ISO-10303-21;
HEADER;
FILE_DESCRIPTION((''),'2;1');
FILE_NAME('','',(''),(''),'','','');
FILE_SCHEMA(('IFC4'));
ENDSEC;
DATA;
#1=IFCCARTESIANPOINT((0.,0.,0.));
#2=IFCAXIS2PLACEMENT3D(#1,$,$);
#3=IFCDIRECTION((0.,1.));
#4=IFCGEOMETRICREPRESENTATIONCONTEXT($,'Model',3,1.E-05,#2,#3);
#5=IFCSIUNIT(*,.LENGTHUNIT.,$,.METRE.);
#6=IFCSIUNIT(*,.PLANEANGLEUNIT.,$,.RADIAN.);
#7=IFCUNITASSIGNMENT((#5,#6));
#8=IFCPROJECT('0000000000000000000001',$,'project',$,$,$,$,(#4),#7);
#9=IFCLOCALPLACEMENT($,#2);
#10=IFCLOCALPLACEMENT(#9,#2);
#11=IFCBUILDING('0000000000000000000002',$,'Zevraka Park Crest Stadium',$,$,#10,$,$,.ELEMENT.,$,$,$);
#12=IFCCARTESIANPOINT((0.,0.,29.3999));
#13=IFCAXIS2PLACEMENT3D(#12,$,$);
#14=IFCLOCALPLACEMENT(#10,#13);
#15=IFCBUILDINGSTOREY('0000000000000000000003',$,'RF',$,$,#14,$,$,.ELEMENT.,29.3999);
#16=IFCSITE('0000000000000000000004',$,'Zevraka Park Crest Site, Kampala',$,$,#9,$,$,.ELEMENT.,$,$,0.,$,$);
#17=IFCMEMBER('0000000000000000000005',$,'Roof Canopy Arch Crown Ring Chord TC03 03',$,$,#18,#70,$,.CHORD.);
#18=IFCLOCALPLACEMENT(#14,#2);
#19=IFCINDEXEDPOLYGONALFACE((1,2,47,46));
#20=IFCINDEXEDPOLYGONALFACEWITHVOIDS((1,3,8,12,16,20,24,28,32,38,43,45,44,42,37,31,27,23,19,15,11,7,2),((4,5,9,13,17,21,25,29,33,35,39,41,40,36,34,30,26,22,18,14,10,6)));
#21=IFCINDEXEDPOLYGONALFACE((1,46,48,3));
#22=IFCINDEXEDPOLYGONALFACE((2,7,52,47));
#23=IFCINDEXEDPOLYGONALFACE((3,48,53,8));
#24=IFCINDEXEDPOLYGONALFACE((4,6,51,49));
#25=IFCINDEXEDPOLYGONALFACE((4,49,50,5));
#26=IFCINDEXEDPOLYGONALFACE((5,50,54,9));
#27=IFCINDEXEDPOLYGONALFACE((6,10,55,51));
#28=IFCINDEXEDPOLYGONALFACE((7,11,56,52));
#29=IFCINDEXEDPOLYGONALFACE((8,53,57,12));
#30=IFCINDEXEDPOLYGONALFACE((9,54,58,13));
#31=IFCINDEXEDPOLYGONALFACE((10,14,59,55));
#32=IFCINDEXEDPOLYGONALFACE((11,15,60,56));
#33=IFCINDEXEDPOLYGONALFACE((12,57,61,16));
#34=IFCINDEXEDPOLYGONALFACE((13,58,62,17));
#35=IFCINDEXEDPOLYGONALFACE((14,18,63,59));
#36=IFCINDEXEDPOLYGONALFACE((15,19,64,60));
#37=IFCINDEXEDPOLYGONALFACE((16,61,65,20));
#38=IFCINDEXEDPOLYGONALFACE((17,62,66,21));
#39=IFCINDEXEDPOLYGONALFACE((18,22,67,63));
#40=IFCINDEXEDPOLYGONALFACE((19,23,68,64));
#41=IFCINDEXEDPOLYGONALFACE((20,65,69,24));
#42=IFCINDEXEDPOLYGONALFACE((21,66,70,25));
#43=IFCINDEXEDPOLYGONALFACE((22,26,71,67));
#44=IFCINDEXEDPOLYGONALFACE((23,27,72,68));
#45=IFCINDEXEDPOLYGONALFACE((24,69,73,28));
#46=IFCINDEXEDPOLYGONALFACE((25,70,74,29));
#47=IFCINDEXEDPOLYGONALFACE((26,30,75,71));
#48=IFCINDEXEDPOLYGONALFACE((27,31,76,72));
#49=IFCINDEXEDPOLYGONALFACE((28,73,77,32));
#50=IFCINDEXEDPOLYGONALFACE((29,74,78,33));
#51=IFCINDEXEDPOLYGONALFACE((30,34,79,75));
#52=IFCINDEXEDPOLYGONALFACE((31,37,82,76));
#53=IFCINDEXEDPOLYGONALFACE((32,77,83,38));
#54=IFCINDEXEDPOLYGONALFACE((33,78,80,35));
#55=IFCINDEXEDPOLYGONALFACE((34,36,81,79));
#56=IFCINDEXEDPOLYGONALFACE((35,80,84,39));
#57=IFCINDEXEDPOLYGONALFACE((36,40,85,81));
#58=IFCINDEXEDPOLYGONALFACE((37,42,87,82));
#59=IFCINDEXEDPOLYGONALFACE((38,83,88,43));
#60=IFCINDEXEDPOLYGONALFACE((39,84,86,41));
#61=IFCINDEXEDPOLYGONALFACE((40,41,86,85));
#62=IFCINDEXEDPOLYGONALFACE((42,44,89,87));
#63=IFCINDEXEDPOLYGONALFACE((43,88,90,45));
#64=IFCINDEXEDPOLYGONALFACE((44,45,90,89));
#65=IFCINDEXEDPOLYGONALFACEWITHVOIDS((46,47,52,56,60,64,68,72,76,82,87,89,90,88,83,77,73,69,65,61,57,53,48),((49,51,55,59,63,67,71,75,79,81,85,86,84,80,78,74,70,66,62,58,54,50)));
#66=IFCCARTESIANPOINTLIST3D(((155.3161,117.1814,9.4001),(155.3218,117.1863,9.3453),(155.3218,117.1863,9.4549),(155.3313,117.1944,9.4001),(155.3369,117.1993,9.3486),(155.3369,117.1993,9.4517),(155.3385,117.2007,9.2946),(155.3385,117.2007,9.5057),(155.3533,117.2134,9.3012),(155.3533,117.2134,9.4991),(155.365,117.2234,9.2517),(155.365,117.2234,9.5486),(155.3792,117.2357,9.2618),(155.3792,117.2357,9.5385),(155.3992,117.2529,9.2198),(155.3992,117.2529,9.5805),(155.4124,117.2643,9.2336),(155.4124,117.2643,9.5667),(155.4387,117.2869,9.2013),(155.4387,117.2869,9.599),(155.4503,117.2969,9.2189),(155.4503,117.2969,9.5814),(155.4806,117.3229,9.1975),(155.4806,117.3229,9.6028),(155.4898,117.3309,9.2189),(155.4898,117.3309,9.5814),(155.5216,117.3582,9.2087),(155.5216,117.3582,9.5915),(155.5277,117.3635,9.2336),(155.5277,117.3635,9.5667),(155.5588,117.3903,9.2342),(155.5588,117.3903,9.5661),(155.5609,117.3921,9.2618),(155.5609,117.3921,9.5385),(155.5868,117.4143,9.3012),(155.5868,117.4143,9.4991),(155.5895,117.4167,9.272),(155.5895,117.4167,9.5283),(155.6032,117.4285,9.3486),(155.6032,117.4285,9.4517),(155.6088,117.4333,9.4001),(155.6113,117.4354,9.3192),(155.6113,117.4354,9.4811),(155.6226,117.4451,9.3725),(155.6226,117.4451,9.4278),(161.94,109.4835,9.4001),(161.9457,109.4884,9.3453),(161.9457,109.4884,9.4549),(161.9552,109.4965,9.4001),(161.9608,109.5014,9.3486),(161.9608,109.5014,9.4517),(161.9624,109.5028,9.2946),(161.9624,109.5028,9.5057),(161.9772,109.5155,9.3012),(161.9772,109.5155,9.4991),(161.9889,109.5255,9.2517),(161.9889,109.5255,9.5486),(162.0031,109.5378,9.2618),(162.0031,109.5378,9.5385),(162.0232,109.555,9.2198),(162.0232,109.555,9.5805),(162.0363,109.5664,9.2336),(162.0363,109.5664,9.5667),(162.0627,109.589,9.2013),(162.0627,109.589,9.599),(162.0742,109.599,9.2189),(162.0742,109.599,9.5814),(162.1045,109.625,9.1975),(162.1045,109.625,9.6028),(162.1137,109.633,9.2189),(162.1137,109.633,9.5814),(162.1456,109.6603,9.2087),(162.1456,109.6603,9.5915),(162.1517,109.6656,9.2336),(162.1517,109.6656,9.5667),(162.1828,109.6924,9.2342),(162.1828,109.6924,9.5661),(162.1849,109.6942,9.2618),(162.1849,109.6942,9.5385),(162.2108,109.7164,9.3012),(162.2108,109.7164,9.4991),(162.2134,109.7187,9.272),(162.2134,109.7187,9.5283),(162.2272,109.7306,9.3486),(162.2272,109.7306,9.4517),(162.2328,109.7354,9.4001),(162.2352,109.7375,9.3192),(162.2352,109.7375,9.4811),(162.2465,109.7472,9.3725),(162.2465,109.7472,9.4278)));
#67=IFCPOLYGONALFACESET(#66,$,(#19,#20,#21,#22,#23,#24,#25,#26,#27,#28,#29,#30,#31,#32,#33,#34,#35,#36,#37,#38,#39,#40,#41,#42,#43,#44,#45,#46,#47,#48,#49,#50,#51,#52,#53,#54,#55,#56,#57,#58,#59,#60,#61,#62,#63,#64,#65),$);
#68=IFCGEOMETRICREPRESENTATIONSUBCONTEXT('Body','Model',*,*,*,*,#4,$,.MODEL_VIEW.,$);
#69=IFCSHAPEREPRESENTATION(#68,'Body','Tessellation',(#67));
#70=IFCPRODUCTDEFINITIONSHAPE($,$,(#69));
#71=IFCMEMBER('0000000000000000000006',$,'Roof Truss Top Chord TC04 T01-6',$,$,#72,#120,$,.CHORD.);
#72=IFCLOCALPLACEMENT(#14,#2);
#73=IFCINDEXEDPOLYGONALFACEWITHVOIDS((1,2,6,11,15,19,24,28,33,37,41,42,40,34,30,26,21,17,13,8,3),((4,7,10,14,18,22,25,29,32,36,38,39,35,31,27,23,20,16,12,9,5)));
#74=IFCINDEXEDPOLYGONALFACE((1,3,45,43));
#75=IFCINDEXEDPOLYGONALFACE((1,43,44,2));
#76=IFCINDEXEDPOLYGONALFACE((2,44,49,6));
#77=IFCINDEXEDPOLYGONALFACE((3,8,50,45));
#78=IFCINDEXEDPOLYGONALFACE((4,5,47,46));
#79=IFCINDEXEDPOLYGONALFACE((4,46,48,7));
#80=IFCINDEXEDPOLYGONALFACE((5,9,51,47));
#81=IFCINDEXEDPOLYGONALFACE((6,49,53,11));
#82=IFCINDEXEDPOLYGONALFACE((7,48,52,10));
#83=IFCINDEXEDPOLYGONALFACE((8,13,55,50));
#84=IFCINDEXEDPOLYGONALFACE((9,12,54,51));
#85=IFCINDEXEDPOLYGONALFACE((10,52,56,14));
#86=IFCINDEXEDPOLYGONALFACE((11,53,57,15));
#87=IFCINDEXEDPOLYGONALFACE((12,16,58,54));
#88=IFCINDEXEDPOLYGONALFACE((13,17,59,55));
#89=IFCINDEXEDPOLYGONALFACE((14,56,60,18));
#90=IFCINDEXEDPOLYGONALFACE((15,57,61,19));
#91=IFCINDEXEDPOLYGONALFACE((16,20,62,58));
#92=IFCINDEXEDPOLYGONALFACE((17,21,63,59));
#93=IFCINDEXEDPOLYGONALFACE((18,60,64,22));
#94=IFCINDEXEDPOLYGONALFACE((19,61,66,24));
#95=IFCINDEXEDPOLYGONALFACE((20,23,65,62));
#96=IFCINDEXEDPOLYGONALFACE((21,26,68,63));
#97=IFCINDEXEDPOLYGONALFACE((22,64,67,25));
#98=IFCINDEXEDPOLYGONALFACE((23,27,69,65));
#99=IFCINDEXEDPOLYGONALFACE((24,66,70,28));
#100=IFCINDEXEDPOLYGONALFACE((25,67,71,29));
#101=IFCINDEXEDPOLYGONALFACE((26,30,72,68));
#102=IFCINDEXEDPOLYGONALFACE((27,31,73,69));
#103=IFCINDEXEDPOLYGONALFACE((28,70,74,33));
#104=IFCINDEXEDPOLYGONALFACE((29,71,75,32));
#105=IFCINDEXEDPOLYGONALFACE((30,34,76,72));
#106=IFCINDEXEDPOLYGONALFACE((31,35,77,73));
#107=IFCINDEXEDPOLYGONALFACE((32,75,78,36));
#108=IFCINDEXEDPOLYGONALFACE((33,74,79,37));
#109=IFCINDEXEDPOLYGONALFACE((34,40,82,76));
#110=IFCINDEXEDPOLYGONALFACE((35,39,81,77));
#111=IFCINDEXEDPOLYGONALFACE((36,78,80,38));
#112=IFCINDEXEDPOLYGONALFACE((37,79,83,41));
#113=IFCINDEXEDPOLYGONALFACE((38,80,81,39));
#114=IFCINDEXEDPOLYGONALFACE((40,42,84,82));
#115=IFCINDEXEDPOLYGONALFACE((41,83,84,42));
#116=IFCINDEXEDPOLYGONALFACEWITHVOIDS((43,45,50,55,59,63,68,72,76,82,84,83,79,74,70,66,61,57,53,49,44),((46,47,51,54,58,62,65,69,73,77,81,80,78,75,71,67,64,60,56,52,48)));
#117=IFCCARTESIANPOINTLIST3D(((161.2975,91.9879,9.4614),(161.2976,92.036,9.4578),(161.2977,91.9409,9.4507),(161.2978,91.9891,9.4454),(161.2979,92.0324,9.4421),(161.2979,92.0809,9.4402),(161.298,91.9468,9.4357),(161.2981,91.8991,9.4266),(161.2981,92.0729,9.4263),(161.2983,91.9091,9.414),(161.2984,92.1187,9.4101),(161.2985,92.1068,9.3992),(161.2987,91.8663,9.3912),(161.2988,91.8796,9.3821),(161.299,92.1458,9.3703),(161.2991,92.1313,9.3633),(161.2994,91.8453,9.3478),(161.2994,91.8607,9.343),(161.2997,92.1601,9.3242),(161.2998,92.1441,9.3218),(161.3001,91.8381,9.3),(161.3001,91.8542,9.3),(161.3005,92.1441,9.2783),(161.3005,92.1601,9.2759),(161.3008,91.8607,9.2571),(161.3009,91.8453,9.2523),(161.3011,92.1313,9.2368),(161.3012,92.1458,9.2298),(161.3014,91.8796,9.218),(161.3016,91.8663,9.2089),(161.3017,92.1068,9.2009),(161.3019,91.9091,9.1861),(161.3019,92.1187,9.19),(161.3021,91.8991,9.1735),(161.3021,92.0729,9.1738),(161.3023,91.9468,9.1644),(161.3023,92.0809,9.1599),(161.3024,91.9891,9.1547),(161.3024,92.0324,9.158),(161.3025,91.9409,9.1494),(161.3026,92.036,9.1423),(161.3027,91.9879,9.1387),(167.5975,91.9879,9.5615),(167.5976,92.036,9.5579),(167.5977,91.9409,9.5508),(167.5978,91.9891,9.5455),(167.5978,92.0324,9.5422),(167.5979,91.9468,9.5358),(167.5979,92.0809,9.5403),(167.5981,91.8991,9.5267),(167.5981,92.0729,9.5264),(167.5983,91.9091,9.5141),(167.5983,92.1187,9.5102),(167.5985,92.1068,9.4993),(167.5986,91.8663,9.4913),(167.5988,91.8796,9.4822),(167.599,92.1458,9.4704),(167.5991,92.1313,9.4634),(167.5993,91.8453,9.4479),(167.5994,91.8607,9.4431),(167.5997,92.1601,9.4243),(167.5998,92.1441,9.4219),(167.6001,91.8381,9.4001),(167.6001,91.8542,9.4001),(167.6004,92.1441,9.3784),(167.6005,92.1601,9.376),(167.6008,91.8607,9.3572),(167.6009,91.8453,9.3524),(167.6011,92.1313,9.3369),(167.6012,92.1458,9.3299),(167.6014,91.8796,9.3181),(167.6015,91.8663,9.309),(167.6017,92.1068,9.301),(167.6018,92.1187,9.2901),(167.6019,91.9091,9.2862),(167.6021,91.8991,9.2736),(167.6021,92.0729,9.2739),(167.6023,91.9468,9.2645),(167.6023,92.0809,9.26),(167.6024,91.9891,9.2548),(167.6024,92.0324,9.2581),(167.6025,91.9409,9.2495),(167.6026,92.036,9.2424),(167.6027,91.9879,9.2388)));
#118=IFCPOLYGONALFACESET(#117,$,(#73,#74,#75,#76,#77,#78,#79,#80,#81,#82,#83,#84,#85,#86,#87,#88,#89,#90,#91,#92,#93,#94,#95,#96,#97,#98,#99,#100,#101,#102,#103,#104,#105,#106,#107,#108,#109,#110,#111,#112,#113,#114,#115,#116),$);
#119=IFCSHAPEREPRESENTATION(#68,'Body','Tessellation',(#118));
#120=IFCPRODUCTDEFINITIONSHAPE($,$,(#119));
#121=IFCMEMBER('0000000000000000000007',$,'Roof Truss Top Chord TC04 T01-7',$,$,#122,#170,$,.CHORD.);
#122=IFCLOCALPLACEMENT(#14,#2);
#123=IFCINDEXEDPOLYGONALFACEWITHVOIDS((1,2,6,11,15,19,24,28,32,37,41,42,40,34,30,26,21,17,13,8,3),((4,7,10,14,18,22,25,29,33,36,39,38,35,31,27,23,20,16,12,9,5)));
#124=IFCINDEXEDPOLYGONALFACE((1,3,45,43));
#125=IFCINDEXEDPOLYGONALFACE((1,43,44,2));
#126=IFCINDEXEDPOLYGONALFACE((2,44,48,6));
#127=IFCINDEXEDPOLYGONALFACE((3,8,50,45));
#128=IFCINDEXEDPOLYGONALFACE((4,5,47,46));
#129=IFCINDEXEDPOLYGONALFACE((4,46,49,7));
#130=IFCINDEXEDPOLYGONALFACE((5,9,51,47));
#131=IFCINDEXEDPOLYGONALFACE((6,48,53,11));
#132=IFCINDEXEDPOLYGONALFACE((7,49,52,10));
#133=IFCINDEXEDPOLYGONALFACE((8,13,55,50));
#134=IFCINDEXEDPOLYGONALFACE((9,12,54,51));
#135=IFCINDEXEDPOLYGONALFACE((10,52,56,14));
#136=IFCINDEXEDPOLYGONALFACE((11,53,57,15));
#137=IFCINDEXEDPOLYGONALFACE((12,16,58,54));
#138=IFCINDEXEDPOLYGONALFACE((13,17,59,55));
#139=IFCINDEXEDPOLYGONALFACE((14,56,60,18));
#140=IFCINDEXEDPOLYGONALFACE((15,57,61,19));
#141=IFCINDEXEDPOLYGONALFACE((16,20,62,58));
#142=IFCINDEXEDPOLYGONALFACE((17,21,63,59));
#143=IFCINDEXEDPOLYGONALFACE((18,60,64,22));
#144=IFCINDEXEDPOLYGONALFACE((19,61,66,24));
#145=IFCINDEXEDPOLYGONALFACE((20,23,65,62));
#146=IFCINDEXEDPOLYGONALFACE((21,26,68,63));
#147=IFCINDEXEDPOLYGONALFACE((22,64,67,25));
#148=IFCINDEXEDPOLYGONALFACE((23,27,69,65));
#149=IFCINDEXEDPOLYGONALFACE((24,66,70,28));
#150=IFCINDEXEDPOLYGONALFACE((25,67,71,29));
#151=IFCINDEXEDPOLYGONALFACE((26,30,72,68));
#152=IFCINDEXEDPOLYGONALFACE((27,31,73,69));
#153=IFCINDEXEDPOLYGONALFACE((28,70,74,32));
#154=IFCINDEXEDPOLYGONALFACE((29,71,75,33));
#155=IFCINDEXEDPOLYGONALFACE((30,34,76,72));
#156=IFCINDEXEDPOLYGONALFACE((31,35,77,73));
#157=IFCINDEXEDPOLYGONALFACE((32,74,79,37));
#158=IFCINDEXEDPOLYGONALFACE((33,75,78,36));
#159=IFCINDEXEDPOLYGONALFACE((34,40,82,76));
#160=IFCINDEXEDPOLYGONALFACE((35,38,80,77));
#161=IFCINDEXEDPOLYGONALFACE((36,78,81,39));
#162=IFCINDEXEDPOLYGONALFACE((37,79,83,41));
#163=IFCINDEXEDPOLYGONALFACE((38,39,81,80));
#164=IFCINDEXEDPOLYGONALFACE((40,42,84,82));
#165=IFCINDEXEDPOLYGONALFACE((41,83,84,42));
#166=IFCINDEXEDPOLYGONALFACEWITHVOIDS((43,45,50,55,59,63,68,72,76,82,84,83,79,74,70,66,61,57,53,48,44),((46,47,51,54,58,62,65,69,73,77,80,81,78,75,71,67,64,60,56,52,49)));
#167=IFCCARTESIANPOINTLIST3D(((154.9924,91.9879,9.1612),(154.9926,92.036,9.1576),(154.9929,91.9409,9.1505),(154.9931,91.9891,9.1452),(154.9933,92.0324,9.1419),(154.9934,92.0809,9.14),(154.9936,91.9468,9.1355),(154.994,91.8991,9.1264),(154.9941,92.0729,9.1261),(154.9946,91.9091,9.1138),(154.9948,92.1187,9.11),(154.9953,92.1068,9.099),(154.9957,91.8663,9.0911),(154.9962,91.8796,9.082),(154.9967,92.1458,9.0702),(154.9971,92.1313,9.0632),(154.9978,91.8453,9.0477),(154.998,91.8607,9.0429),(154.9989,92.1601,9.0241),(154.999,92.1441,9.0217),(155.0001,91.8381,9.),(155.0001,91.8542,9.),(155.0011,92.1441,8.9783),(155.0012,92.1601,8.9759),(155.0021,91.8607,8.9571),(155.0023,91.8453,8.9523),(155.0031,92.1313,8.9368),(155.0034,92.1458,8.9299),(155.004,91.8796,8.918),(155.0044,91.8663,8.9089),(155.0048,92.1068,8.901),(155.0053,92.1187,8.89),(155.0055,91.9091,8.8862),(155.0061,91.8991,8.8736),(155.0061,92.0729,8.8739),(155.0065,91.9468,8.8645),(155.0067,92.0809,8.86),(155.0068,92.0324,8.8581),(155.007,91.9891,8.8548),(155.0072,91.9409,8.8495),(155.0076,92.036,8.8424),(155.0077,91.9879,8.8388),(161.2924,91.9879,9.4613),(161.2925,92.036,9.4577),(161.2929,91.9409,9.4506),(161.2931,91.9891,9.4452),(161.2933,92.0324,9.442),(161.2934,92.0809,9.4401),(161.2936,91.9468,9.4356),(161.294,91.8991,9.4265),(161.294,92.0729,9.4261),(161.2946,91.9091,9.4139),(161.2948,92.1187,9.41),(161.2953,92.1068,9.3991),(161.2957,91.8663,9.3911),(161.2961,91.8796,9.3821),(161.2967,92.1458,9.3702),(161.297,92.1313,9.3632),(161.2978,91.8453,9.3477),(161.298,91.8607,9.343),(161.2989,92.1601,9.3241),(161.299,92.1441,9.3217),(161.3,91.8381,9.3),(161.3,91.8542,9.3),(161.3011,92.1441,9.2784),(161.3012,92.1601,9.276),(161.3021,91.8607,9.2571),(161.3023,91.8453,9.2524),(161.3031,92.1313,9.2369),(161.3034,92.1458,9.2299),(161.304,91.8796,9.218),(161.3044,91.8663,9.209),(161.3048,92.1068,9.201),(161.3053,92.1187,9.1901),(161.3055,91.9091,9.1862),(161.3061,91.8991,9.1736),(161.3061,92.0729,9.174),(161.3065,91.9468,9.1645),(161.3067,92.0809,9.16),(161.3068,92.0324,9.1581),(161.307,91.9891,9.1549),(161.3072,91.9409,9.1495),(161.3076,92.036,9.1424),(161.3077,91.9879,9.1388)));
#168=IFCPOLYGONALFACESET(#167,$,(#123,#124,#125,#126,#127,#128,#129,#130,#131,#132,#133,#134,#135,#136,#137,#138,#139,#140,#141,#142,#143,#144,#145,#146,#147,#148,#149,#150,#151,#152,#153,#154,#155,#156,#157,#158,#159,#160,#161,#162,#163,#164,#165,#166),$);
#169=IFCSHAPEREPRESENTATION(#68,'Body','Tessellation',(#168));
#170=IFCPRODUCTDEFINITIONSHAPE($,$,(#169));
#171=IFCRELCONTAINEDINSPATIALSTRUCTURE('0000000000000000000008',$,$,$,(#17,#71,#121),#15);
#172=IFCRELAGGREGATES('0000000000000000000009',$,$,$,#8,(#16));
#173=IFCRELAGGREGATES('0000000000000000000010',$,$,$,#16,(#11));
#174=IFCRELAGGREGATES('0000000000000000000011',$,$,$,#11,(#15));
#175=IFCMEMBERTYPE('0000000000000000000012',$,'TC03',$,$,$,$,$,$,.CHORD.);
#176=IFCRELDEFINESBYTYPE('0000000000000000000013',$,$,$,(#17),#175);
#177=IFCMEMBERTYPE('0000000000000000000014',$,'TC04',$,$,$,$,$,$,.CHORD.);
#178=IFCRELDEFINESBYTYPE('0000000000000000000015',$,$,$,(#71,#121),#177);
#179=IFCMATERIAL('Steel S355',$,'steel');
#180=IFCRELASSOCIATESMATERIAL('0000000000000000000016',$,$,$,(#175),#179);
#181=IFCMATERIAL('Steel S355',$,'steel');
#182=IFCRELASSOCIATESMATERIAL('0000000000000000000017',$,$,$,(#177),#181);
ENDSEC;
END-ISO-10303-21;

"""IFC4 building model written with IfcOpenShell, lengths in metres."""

from ifc_helpers import new_model, si_unit, direction, frame, origin, origin_2d, place, context, subcontext, project, spatial, hollow_circle, extrude, material, material_profile, profile_set, type_object, element, save


model = new_model("IFC4")

# Units and contexts
model_context = context("Model", 3, precision=1e-05, world=origin(), true_north=direction((0.0, 1.0)))
body_context = subcontext(model_context, "Body", "Model", "MODEL_VIEW")
ifc_project = project(units=[si_unit("LENGTHUNIT", "METRE"), si_unit("PLANEANGLEUNIT", "RADIAN")], contexts=[model_context])

# Site, building, storey
site_placement = place(None, origin())
site = spatial("IfcSite", under=ifc_project, at=site_placement, Name="Zevraka Park Crest Site, Kampala", CompositionType="ELEMENT", RefElevation=0.0)
building_placement = place(site_placement, origin())
building = spatial("IfcBuilding", under=site, at=building_placement, Name="Zevraka Park Crest Stadium", CompositionType="ELEMENT")
storey_placement = place(building_placement, frame((0.0, 0.0, 29.3999)))
storey = spatial("IfcBuildingStorey", under=building, at=storey_placement, Name="RF", CompositionType="ELEMENT", Elevation=29.3999)

# Members
ifc_material_1 = material(Name="Steel S355", Category="steel")
ifc_material_profile_1 = material_profile(ifc_material_1, hollow_circle(Radius=0.2031, WallThickness=0.02, at=origin_2d()), Name="CHS 406.4x20")
ifc_profile_set_1 = profile_set([ifc_material_profile_1], Name="Steel S355")
member_type_1 = type_object("IfcMemberType", Name="TC03", PredefinedType="CHORD", material=ifc_profile_set_1)
member_1_placement = place(storey_placement, frame((162.094, 109.616, 9.4001), z_axis=(-0.652251, 0.758003, 0.0), x_axis=(-0.758003, -0.652251, 0.0)))
element("IfcMember", 1, at=member_1_placement, inside=storey, type_object=member_type_1, Name="Roof Canopy Arch Crown Ring Chord TC03 03", PredefinedType="CHORD", context=body_context, shape_type="SweptSolid", body=[
    extrude(hollow_circle(Radius=0.2031, WallThickness=0.02, at=origin_2d()), origin(), (0.0, 0.0, 1.0), 10.1555),
])
ifc_material_2 = material(Name="Steel S355", Category="steel")
ifc_material_profile_2 = material_profile(ifc_material_2, hollow_circle(Radius=0.1619, WallThickness=0.0161, at=origin_2d()), Name="CHS 323.9x16")
ifc_profile_set_2 = profile_set([ifc_material_profile_2], Name="Steel S355")
member_type_2 = type_object("IfcMemberType", Name="TC04", PredefinedType="CHORD", material=ifc_profile_set_2)
member_2_placement = place(storey_placement, frame((167.6001, 92.0, 9.4001), z_axis=(-0.999874, 0.0, -0.015886), x_axis=(0.0, -1.0, 0.0)))
element("IfcMember", 2, at=member_2_placement, inside=storey, type_object=member_type_2, Name="Roof Truss Top Chord TC04 T01-6", PredefinedType="CHORD", context=body_context, shape_type="SweptSolid", body=[
    extrude(hollow_circle(Radius=0.1619, WallThickness=0.0161, at=origin_2d()), origin(), (0.0, 0.0, 1.0), 6.3008),
])
member_3_placement = place(storey_placement, frame((161.3, 92.0, 9.3), z_axis=(-0.998868, 0.0, -0.047573), x_axis=(0.0, -1.0, 0.0)))
element("IfcMember", 3, at=member_3_placement, inside=storey, type_object=member_type_2, Name="Roof Truss Top Chord TC04 T01-7", PredefinedType="CHORD", context=body_context, shape_type="SweptSolid", body=[
    extrude(hollow_circle(Radius=0.1619, WallThickness=0.0161, at=origin_2d()), origin(), (0.0, 0.0, 1.0), 6.3071),
])

save(model, "model.ifc")
